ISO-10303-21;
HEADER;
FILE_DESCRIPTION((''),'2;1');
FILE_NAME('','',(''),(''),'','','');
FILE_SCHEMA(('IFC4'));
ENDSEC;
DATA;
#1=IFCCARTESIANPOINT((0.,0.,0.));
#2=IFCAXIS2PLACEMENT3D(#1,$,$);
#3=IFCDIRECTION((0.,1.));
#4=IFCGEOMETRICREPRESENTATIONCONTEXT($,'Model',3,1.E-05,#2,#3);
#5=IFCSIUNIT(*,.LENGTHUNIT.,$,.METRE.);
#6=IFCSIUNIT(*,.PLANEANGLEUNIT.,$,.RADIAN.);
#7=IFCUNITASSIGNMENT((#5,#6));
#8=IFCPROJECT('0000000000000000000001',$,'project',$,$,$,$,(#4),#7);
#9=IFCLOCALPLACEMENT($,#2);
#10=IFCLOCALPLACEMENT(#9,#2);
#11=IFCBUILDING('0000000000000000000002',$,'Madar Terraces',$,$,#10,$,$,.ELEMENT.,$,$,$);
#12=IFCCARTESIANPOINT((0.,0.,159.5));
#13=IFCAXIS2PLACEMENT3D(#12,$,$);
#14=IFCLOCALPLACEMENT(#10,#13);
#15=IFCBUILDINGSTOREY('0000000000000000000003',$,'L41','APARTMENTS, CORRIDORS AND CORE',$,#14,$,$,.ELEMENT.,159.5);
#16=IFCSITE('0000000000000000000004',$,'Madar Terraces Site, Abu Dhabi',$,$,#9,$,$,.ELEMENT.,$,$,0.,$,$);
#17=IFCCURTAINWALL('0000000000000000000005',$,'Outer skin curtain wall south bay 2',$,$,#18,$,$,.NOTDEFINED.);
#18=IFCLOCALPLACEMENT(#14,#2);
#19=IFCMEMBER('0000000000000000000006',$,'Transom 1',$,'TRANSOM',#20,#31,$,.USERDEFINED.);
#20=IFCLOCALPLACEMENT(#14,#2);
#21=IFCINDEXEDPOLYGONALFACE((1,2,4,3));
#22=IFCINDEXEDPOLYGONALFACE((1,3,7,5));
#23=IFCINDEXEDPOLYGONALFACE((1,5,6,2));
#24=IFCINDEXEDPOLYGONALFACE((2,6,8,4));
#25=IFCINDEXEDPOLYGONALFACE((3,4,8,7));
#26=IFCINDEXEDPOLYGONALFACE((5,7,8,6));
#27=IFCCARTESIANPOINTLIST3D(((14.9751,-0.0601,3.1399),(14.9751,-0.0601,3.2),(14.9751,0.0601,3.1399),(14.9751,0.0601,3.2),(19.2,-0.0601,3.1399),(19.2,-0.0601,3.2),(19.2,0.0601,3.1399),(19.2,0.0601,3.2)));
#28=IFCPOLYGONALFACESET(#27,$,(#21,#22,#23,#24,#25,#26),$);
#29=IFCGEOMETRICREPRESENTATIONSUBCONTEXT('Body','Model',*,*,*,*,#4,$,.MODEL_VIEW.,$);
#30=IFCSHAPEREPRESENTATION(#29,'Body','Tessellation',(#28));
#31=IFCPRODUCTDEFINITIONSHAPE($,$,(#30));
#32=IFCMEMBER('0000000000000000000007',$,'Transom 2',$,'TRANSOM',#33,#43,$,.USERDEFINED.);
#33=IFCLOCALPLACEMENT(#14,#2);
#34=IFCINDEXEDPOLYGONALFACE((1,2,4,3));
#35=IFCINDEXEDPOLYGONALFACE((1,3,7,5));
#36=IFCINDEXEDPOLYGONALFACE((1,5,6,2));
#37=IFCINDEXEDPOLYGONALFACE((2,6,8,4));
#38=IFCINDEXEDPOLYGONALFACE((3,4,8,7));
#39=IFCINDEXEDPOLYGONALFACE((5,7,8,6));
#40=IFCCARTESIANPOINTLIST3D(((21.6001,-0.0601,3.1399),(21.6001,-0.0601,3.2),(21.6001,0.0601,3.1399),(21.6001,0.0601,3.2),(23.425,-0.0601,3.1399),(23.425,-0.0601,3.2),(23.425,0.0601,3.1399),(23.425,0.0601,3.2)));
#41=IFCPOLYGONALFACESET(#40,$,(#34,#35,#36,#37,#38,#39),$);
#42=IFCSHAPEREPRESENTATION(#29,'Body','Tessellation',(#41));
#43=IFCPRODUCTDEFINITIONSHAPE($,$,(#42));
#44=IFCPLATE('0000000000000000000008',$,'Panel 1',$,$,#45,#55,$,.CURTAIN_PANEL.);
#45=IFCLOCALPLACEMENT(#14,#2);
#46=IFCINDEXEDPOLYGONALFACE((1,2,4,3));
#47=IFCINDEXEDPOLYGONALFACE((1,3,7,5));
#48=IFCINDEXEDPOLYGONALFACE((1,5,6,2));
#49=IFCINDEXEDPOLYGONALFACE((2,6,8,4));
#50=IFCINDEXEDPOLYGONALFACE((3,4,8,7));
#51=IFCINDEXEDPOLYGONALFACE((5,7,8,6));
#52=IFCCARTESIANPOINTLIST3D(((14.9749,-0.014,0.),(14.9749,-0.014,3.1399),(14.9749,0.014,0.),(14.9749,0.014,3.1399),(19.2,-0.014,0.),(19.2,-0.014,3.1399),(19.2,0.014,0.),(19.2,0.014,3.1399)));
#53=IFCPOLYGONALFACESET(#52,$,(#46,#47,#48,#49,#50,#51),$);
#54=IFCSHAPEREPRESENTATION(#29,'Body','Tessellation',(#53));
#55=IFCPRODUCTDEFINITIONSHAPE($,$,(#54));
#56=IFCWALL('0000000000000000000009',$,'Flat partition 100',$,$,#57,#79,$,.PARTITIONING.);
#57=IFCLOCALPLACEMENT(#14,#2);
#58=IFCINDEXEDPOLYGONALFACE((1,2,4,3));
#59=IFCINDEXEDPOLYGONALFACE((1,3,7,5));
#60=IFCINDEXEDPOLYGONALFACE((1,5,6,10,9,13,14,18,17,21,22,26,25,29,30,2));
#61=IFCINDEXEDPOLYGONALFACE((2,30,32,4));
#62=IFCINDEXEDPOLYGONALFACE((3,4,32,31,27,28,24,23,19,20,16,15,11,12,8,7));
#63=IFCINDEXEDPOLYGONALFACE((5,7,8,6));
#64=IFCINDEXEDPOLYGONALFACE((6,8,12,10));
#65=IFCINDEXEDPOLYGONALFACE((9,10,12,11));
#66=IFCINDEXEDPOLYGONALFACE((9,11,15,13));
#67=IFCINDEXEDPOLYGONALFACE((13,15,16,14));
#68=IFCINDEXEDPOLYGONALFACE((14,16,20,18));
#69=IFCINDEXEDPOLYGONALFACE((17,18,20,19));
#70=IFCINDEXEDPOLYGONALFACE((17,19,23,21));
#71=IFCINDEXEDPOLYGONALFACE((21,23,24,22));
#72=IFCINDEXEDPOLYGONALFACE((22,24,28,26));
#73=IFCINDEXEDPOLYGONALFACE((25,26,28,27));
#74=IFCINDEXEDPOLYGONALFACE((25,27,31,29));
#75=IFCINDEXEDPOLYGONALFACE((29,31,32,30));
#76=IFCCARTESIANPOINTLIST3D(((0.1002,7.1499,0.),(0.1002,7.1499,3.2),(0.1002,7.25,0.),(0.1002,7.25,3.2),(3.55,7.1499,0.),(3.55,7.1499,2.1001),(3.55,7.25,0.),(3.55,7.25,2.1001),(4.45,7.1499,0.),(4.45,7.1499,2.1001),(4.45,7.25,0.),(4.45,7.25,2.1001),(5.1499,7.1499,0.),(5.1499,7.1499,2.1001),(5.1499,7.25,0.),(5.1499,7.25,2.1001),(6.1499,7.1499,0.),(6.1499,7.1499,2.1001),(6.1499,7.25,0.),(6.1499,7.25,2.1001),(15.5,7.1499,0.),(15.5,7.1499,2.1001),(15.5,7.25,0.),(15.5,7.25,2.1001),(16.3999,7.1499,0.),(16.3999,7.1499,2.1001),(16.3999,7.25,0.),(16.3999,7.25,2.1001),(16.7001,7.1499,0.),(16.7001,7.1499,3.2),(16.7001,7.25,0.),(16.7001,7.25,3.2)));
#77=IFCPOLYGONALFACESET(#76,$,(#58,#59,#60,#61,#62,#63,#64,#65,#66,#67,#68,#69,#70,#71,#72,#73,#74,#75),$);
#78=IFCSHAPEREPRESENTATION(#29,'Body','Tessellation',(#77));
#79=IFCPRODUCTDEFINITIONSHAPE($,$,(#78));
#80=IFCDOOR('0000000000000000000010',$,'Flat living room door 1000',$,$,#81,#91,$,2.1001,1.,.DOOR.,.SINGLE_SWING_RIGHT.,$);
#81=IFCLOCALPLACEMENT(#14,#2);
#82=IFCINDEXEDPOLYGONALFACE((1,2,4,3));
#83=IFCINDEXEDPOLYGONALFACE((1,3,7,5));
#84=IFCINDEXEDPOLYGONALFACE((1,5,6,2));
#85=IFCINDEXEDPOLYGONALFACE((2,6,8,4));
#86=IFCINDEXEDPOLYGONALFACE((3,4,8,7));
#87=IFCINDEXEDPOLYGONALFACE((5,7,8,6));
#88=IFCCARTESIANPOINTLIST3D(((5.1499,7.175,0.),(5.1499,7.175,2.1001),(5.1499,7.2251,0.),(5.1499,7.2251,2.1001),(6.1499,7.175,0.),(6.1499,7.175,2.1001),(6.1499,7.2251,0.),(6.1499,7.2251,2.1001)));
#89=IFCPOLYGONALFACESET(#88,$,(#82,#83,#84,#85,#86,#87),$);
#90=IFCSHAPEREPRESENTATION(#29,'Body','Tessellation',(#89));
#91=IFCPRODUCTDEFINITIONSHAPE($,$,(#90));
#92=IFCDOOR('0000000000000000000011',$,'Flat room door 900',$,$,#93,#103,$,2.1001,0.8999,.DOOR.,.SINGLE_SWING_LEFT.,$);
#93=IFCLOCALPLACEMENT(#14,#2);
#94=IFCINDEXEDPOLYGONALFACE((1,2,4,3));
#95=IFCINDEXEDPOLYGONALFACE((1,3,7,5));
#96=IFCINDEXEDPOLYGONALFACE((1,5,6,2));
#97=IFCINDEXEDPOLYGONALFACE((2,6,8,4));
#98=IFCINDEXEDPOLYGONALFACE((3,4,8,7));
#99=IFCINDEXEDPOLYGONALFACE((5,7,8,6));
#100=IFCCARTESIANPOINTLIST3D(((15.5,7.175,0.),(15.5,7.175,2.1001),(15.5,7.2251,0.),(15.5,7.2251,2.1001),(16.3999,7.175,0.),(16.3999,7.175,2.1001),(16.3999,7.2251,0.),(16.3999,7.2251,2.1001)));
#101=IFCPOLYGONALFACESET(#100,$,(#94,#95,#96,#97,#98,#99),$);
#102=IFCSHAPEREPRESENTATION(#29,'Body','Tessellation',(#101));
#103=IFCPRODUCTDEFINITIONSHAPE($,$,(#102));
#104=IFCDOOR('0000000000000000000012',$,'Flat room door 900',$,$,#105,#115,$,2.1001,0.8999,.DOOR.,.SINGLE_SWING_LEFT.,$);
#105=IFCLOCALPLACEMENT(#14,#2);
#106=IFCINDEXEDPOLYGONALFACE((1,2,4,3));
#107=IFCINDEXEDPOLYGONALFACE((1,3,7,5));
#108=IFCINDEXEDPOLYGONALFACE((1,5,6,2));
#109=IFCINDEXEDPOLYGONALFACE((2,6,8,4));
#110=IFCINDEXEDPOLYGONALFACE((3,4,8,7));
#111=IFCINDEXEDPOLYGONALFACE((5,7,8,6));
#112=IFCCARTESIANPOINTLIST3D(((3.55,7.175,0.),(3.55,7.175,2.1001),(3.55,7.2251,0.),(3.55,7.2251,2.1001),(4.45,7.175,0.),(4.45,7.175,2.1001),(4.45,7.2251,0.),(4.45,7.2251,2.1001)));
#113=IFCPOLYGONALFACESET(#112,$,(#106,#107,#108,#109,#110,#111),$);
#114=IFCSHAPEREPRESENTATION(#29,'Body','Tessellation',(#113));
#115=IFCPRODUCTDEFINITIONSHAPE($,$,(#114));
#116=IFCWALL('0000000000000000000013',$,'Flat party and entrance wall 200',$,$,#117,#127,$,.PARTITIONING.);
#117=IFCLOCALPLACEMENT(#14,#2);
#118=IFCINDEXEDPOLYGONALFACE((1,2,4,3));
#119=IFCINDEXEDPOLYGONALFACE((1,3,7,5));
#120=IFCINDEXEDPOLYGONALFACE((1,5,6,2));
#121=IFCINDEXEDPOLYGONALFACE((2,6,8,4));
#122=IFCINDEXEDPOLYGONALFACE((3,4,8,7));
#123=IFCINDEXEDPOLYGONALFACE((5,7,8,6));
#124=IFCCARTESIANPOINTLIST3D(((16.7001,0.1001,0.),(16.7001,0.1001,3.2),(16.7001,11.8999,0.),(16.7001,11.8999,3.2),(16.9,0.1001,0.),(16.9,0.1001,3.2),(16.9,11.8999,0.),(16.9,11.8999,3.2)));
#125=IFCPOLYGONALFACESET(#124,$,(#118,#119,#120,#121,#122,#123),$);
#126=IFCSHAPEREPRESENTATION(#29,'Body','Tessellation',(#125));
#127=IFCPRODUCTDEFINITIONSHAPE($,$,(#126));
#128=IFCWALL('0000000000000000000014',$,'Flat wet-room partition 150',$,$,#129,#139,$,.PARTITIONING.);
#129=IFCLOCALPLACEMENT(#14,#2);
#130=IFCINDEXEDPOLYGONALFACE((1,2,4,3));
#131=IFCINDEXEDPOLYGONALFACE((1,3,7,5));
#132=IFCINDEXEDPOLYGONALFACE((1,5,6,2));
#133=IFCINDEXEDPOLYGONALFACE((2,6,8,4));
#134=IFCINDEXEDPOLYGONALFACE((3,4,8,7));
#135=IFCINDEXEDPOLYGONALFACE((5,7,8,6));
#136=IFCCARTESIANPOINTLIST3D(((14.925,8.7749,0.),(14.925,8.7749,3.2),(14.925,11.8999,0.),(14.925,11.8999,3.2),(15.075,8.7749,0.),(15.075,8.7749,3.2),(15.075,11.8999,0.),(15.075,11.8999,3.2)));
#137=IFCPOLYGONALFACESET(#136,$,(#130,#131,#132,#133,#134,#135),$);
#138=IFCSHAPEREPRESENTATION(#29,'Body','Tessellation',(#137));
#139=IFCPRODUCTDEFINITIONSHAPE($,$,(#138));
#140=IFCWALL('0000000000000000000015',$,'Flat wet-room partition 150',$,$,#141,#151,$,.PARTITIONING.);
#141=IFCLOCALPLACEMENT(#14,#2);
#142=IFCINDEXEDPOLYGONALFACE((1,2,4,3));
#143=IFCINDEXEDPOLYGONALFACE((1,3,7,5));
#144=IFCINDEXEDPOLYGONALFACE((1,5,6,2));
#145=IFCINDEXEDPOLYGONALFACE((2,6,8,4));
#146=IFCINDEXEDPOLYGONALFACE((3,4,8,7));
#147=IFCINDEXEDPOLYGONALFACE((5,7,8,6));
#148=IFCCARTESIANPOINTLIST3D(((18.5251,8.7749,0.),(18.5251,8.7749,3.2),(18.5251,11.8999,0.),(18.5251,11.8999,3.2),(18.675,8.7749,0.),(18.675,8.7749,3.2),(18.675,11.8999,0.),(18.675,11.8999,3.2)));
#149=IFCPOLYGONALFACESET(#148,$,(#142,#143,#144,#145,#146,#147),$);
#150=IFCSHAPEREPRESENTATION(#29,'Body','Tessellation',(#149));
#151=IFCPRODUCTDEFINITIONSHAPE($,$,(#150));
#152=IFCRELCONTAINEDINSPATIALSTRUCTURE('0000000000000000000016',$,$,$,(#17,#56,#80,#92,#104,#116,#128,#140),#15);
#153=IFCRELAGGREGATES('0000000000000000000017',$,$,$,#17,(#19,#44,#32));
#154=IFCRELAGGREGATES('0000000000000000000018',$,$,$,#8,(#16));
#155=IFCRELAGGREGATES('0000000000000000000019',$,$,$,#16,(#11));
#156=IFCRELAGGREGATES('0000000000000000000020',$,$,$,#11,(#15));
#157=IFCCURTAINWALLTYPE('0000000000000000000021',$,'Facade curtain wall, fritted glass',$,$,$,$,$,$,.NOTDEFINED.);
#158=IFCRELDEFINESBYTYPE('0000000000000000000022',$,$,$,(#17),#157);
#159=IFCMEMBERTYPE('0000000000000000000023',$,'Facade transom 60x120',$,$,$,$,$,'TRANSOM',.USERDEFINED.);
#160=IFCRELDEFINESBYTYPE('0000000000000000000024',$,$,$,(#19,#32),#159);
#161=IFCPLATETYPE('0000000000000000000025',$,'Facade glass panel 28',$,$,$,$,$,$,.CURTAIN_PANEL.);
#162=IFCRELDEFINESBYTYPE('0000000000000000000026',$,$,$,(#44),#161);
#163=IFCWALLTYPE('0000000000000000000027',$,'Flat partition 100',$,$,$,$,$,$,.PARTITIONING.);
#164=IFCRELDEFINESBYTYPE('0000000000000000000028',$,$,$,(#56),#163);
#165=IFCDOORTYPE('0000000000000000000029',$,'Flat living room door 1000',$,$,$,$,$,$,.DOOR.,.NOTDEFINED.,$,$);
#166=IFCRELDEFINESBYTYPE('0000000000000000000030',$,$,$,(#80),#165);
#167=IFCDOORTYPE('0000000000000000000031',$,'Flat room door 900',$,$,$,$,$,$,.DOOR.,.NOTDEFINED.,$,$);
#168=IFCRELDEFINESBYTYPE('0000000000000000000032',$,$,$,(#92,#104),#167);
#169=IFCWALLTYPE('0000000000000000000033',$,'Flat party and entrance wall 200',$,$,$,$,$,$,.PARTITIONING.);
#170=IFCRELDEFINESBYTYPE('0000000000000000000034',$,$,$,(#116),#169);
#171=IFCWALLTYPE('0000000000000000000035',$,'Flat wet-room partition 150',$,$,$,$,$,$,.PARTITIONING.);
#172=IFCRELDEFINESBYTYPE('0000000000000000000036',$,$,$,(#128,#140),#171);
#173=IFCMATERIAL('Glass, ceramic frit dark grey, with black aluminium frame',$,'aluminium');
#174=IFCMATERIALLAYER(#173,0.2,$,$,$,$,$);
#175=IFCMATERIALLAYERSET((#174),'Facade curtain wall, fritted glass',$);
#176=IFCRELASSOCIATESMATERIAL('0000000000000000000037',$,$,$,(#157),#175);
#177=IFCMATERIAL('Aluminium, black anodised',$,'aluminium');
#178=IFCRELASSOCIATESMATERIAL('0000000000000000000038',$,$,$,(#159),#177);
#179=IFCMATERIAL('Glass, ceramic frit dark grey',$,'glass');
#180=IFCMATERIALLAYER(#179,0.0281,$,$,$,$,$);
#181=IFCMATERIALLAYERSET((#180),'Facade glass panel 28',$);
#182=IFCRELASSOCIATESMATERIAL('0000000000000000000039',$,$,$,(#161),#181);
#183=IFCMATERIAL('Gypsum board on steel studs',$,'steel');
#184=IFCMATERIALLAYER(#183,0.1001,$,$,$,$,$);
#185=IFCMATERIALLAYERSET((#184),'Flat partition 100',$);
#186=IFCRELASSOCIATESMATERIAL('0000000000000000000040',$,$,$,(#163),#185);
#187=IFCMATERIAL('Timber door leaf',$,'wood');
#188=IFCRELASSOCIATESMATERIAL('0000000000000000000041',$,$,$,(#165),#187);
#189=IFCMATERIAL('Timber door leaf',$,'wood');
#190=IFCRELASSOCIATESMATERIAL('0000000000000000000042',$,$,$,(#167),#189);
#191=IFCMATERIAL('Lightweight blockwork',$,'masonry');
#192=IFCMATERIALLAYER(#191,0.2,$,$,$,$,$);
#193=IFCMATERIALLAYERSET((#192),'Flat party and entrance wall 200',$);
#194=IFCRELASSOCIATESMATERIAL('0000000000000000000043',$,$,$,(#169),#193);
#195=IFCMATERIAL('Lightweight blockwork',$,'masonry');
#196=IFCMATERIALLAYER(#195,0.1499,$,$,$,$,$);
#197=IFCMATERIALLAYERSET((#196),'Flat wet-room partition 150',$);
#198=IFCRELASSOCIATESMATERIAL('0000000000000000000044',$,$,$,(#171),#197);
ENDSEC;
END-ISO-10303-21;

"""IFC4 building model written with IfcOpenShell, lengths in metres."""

from ifc_helpers import new_model, si_unit, direction, frame, frame_2d, origin, origin_2d, place, context, subcontext, project, spatial, rectangle, extrude, material, layer, layer_set, material_profile, profile_set, type_object, element, fill, aggregate, save


model = new_model("IFC4")

# Units and contexts
model_context = context("Model", 3, precision=1e-05, world=origin(), true_north=direction((0.0, 1.0)))
body_context = subcontext(model_context, "Body", "Model", "MODEL_VIEW")
ifc_project = project(units=[si_unit("LENGTHUNIT", "METRE"), si_unit("PLANEANGLEUNIT", "RADIAN")], contexts=[model_context])

# Site, building, storey
site_placement = place(None, origin())
site = spatial("IfcSite", under=ifc_project, at=site_placement, Name="Madar Terraces Site, Abu Dhabi", CompositionType="ELEMENT", RefElevation=0.0)
building_placement = place(site_placement, origin())
building = spatial("IfcBuilding", under=site, at=building_placement, Name="Madar Terraces", CompositionType="ELEMENT")
storey_placement = place(building_placement, frame((0.0, 0.0, 159.5)))
storey = spatial("IfcBuildingStorey", under=building, at=storey_placement, Name="L41", Description="APARTMENTS, CORRIDORS AND CORE", CompositionType="ELEMENT", Elevation=159.5)

# Curtain wall, members, plate
ifc_material_1 = material(Name="Glass, ceramic frit dark grey, with black aluminium frame", Category="aluminium")
ifc_layer_1 = layer(ifc_material_1, 0.2)
ifc_layer_set_1 = layer_set([ifc_layer_1], Name="Facade curtain wall, fritted glass")
curtain_wall_type = type_object("IfcCurtainWallType", Name="Facade curtain wall, fritted glass", PredefinedType="NOTDEFINED", material=ifc_layer_set_1)
curtain_wall_placement = place(storey_placement, origin())
curtain_wall = element("IfcCurtainWall", 1, at=curtain_wall_placement, inside=storey, type_object=curtain_wall_type, Name="Outer skin curtain wall south bay 2", PredefinedType="NOTDEFINED")
ifc_material_2 = material(Name="Aluminium, black anodised", Category="aluminium")
ifc_material_profile = material_profile(ifc_material_2, rectangle(XDim=0.1201, YDim=0.0601, at=origin_2d()), Name="Facade transom 60x120")
ifc_profile_set = profile_set([ifc_material_profile], Name="Aluminium, black anodised")
member_type = type_object("IfcMemberType", Name="Facade transom 60x120", ElementType="TRANSOM", PredefinedType="USERDEFINED", material=ifc_profile_set)
member_1_placement = place(storey_placement, frame((14.9751, 0.0, 3.1699), z_axis=(1.0, 0.0, 0.0), x_axis=(0.0, 1.0, 0.0)))
member_1 = element("IfcMember", 2, at=member_1_placement, type_object=member_type, Name="Transom 1", ObjectType="TRANSOM", PredefinedType="USERDEFINED", context=body_context, shape_type="SweptSolid", body=[
    extrude(rectangle(XDim=0.1201, YDim=0.0601, at=origin_2d()), origin(), (0.0, 0.0, 1.0), 4.2249),
])
member_2_placement = place(storey_placement, frame((21.6001, 0.0, 3.1699), z_axis=(1.0, 0.0, 0.0), x_axis=(0.0, 1.0, 0.0)))
member_2 = element("IfcMember", 3, at=member_2_placement, type_object=member_type, Name="Transom 2", ObjectType="TRANSOM", PredefinedType="USERDEFINED", context=body_context, shape_type="SweptSolid", body=[
    extrude(rectangle(XDim=0.1201, YDim=0.0601, at=origin_2d()), origin(), (0.0, 0.0, 1.0), 1.825),
])
ifc_material_3 = material(Name="Glass, ceramic frit dark grey", Category="glass")
ifc_layer_2 = layer(ifc_material_3, 0.0281)
ifc_layer_set_2 = layer_set([ifc_layer_2], Name="Facade glass panel 28")
plate_type = type_object("IfcPlateType", Name="Facade glass panel 28", PredefinedType="CURTAIN_PANEL", material=ifc_layer_set_2)
plate_placement = place(storey_placement, frame((17.0874, 0.0, 0.0), z_axis=(0.0, 0.0, 1.0), x_axis=(1.0, 0.0, 0.0)))
plate = element("IfcPlate", 4, at=plate_placement, type_object=plate_type, Name="Panel 1", PredefinedType="CURTAIN_PANEL", context=body_context, shape_type="SweptSolid", body=[
    extrude(rectangle(XDim=4.2251, YDim=0.0281, at=origin_2d()), origin(), (0.0, 0.0, 1.0), 3.1399),
])
aggregate(curtain_wall, [member_1, plate, member_2])

# Wall, openings, doors
ifc_material_4 = material(Name="Gypsum board on steel studs", Category="steel")
ifc_layer_3 = layer(ifc_material_4, 0.1001)
ifc_layer_set_3 = layer_set([ifc_layer_3], Name="Flat partition 100")
wall_type_1 = type_object("IfcWallType", Name="Flat partition 100", PredefinedType="PARTITIONING", material=ifc_layer_set_3)
wall_1_placement = place(storey_placement, frame((16.7, 7.2, 0.0), z_axis=(0.0, 0.0, 1.0), x_axis=(-1.0, 0.0, 0.0)))
wall_1 = element("IfcWall", 5, at=wall_1_placement, inside=storey, type_object=wall_type_1, Name="Flat partition 100", PredefinedType="PARTITIONING", context=body_context, shape_type="SweptSolid", body=[
    extrude(rectangle(XDim=16.5999, YDim=0.1001, at=frame_2d((8.2998, 0.0))), origin(), (0.0, 0.0, 1.0), 3.2),
])
opening_1_placement = place(wall_1_placement, frame((0.3, 0.0, 0.0)))
opening_1 = element("IfcOpeningElement", 6, at=opening_1_placement, cuts=wall_1, PredefinedType="OPENING", context=body_context, shape_type="SweptSolid", body=[
    extrude(rectangle(XDim=0.8999, YDim=2.1001, at=frame_2d((0.45, 1.05))), frame((0.0, 0.0601, 0.0), z_axis=(0.0, -1.0, 0.0), x_axis=(1.0, 0.0, 0.0)), (0.0, 0.0, 1.0), 0.1201),
])
opening_2_placement = place(wall_1_placement, frame((10.55, 0.0, 0.0)))
opening_2 = element("IfcOpeningElement", 7, at=opening_2_placement, cuts=wall_1, PredefinedType="OPENING", context=body_context, shape_type="SweptSolid", body=[
    extrude(rectangle(XDim=1.0, YDim=2.1001, at=frame_2d((0.5, 1.05))), frame((0.0, 0.0601, 0.0), z_axis=(0.0, -1.0, 0.0), x_axis=(1.0, 0.0, 0.0)), (0.0, 0.0, 1.0), 0.1201),
])
opening_3_placement = place(wall_1_placement, frame((12.25, 0.0, 0.0)))
opening_3 = element("IfcOpeningElement", 8, at=opening_3_placement, cuts=wall_1, PredefinedType="OPENING", context=body_context, shape_type="SweptSolid", body=[
    extrude(rectangle(XDim=0.8999, YDim=2.1001, at=frame_2d((0.45, 1.05))), frame((0.0, 0.0601, 0.0), z_axis=(0.0, -1.0, 0.0), x_axis=(1.0, 0.0, 0.0)), (0.0, 0.0, 1.0), 0.1201),
])
ifc_material_5 = material(Name="Timber door leaf", Category="wood")
door_type_1 = type_object("IfcDoorType", Name="Flat living room door 1000", OperationType="NOTDEFINED", PredefinedType="DOOR", material=ifc_material_5)
door_1_placement = place(opening_2_placement, origin())
door_1 = element("IfcDoor", 9, at=door_1_placement, inside=storey, type_object=door_type_1, Name="Flat living room door 1000", OperationType="SINGLE_SWING_RIGHT", OverallHeight=2.1001, OverallWidth=1.0, PredefinedType="DOOR", context=body_context, shape_type="SweptSolid", body=[
    extrude(rectangle(XDim=1.0, YDim=2.1001, at=frame_2d((0.5, 1.05))), frame((0.0, 0.0249, 0.0), z_axis=(0.0, -1.0, 0.0), x_axis=(1.0, 0.0, 0.0)), (0.0, 0.0, 1.0), 0.05),
])
fill(opening_2, door_1)
ifc_material_6 = material(Name="Timber door leaf", Category="wood")
door_type_2 = type_object("IfcDoorType", Name="Flat room door 900", OperationType="NOTDEFINED", PredefinedType="DOOR", material=ifc_material_6)
door_2_placement = place(opening_1_placement, origin())
door_2 = element("IfcDoor", 10, at=door_2_placement, inside=storey, type_object=door_type_2, Name="Flat room door 900", OperationType="SINGLE_SWING_LEFT", OverallHeight=2.1001, OverallWidth=0.8999, PredefinedType="DOOR", context=body_context, shape_type="SweptSolid", body=[
    extrude(rectangle(XDim=0.8999, YDim=2.1001, at=frame_2d((0.45, 1.05))), frame((0.0, 0.0249, 0.0), z_axis=(0.0, -1.0, 0.0), x_axis=(1.0, 0.0, 0.0)), (0.0, 0.0, 1.0), 0.05),
])
fill(opening_1, door_2)
door_3_placement = place(opening_3_placement, origin())
door_3 = element("IfcDoor", 11, at=door_3_placement, inside=storey, type_object=door_type_2, Name="Flat room door 900", OperationType="SINGLE_SWING_LEFT", OverallHeight=2.1001, OverallWidth=0.8999, PredefinedType="DOOR", context=body_context, shape_type="SweptSolid", body=[
    extrude(rectangle(XDim=0.8999, YDim=2.1001, at=frame_2d((0.45, 1.05))), frame((0.0, 0.0249, 0.0), z_axis=(0.0, -1.0, 0.0), x_axis=(1.0, 0.0, 0.0)), (0.0, 0.0, 1.0), 0.05),
])
fill(opening_3, door_3)

# Walls
ifc_material_7 = material(Name="Lightweight blockwork", Category="masonry")
ifc_layer_4 = layer(ifc_material_7, 0.2)
ifc_layer_set_4 = layer_set([ifc_layer_4], Name="Flat party and entrance wall 200")
wall_type_2 = type_object("IfcWallType", Name="Flat party and entrance wall 200", PredefinedType="PARTITIONING", material=ifc_layer_set_4)
wall_2_placement = place(storey_placement, frame((16.8, 11.8999, 0.0), z_axis=(0.0, 0.0, 1.0), x_axis=(0.0, -1.0, 0.0)))
element("IfcWall", 12, at=wall_2_placement, inside=storey, type_object=wall_type_2, Name="Flat party and entrance wall 200", PredefinedType="PARTITIONING", context=body_context, shape_type="SweptSolid", body=[
    extrude(rectangle(XDim=11.7998, YDim=0.2, at=frame_2d((5.8999, 0.0))), origin(), (0.0, 0.0, 1.0), 3.2),
])
ifc_material_8 = material(Name="Lightweight blockwork", Category="masonry")
ifc_layer_5 = layer(ifc_material_8, 0.1499)
ifc_layer_set_5 = layer_set([ifc_layer_5], Name="Flat wet-room partition 150")
wall_type_3 = type_object("IfcWallType", Name="Flat wet-room partition 150", PredefinedType="PARTITIONING", material=ifc_layer_set_5)
for number, where, z_axis, x_axis, name in (
    (13, (15.0, 11.8999, 0.0), (0.0, 0.0, 1.0), (0.0, -1.0, 0.0), "Flat wet-room partition 150"),
    (14, (18.6001, 11.8999, 0.0), (0.0, 0.0, 1.0), (0.0, -1.0, 0.0), "Flat wet-room partition 150"),
):
    element("IfcWall", number, at=place(storey_placement, frame(where, z_axis=z_axis, x_axis=x_axis)), inside=storey, type_object=wall_type_3, Name=name, PredefinedType="PARTITIONING", context=body_context, shape_type="SweptSolid", body=[
        extrude(rectangle(XDim=3.125, YDim=0.1499, at=frame_2d((1.5625, 0.0))), origin(), (0.0, 0.0, 1.0), 3.2),
    ])

save(model, "model.ifc")
